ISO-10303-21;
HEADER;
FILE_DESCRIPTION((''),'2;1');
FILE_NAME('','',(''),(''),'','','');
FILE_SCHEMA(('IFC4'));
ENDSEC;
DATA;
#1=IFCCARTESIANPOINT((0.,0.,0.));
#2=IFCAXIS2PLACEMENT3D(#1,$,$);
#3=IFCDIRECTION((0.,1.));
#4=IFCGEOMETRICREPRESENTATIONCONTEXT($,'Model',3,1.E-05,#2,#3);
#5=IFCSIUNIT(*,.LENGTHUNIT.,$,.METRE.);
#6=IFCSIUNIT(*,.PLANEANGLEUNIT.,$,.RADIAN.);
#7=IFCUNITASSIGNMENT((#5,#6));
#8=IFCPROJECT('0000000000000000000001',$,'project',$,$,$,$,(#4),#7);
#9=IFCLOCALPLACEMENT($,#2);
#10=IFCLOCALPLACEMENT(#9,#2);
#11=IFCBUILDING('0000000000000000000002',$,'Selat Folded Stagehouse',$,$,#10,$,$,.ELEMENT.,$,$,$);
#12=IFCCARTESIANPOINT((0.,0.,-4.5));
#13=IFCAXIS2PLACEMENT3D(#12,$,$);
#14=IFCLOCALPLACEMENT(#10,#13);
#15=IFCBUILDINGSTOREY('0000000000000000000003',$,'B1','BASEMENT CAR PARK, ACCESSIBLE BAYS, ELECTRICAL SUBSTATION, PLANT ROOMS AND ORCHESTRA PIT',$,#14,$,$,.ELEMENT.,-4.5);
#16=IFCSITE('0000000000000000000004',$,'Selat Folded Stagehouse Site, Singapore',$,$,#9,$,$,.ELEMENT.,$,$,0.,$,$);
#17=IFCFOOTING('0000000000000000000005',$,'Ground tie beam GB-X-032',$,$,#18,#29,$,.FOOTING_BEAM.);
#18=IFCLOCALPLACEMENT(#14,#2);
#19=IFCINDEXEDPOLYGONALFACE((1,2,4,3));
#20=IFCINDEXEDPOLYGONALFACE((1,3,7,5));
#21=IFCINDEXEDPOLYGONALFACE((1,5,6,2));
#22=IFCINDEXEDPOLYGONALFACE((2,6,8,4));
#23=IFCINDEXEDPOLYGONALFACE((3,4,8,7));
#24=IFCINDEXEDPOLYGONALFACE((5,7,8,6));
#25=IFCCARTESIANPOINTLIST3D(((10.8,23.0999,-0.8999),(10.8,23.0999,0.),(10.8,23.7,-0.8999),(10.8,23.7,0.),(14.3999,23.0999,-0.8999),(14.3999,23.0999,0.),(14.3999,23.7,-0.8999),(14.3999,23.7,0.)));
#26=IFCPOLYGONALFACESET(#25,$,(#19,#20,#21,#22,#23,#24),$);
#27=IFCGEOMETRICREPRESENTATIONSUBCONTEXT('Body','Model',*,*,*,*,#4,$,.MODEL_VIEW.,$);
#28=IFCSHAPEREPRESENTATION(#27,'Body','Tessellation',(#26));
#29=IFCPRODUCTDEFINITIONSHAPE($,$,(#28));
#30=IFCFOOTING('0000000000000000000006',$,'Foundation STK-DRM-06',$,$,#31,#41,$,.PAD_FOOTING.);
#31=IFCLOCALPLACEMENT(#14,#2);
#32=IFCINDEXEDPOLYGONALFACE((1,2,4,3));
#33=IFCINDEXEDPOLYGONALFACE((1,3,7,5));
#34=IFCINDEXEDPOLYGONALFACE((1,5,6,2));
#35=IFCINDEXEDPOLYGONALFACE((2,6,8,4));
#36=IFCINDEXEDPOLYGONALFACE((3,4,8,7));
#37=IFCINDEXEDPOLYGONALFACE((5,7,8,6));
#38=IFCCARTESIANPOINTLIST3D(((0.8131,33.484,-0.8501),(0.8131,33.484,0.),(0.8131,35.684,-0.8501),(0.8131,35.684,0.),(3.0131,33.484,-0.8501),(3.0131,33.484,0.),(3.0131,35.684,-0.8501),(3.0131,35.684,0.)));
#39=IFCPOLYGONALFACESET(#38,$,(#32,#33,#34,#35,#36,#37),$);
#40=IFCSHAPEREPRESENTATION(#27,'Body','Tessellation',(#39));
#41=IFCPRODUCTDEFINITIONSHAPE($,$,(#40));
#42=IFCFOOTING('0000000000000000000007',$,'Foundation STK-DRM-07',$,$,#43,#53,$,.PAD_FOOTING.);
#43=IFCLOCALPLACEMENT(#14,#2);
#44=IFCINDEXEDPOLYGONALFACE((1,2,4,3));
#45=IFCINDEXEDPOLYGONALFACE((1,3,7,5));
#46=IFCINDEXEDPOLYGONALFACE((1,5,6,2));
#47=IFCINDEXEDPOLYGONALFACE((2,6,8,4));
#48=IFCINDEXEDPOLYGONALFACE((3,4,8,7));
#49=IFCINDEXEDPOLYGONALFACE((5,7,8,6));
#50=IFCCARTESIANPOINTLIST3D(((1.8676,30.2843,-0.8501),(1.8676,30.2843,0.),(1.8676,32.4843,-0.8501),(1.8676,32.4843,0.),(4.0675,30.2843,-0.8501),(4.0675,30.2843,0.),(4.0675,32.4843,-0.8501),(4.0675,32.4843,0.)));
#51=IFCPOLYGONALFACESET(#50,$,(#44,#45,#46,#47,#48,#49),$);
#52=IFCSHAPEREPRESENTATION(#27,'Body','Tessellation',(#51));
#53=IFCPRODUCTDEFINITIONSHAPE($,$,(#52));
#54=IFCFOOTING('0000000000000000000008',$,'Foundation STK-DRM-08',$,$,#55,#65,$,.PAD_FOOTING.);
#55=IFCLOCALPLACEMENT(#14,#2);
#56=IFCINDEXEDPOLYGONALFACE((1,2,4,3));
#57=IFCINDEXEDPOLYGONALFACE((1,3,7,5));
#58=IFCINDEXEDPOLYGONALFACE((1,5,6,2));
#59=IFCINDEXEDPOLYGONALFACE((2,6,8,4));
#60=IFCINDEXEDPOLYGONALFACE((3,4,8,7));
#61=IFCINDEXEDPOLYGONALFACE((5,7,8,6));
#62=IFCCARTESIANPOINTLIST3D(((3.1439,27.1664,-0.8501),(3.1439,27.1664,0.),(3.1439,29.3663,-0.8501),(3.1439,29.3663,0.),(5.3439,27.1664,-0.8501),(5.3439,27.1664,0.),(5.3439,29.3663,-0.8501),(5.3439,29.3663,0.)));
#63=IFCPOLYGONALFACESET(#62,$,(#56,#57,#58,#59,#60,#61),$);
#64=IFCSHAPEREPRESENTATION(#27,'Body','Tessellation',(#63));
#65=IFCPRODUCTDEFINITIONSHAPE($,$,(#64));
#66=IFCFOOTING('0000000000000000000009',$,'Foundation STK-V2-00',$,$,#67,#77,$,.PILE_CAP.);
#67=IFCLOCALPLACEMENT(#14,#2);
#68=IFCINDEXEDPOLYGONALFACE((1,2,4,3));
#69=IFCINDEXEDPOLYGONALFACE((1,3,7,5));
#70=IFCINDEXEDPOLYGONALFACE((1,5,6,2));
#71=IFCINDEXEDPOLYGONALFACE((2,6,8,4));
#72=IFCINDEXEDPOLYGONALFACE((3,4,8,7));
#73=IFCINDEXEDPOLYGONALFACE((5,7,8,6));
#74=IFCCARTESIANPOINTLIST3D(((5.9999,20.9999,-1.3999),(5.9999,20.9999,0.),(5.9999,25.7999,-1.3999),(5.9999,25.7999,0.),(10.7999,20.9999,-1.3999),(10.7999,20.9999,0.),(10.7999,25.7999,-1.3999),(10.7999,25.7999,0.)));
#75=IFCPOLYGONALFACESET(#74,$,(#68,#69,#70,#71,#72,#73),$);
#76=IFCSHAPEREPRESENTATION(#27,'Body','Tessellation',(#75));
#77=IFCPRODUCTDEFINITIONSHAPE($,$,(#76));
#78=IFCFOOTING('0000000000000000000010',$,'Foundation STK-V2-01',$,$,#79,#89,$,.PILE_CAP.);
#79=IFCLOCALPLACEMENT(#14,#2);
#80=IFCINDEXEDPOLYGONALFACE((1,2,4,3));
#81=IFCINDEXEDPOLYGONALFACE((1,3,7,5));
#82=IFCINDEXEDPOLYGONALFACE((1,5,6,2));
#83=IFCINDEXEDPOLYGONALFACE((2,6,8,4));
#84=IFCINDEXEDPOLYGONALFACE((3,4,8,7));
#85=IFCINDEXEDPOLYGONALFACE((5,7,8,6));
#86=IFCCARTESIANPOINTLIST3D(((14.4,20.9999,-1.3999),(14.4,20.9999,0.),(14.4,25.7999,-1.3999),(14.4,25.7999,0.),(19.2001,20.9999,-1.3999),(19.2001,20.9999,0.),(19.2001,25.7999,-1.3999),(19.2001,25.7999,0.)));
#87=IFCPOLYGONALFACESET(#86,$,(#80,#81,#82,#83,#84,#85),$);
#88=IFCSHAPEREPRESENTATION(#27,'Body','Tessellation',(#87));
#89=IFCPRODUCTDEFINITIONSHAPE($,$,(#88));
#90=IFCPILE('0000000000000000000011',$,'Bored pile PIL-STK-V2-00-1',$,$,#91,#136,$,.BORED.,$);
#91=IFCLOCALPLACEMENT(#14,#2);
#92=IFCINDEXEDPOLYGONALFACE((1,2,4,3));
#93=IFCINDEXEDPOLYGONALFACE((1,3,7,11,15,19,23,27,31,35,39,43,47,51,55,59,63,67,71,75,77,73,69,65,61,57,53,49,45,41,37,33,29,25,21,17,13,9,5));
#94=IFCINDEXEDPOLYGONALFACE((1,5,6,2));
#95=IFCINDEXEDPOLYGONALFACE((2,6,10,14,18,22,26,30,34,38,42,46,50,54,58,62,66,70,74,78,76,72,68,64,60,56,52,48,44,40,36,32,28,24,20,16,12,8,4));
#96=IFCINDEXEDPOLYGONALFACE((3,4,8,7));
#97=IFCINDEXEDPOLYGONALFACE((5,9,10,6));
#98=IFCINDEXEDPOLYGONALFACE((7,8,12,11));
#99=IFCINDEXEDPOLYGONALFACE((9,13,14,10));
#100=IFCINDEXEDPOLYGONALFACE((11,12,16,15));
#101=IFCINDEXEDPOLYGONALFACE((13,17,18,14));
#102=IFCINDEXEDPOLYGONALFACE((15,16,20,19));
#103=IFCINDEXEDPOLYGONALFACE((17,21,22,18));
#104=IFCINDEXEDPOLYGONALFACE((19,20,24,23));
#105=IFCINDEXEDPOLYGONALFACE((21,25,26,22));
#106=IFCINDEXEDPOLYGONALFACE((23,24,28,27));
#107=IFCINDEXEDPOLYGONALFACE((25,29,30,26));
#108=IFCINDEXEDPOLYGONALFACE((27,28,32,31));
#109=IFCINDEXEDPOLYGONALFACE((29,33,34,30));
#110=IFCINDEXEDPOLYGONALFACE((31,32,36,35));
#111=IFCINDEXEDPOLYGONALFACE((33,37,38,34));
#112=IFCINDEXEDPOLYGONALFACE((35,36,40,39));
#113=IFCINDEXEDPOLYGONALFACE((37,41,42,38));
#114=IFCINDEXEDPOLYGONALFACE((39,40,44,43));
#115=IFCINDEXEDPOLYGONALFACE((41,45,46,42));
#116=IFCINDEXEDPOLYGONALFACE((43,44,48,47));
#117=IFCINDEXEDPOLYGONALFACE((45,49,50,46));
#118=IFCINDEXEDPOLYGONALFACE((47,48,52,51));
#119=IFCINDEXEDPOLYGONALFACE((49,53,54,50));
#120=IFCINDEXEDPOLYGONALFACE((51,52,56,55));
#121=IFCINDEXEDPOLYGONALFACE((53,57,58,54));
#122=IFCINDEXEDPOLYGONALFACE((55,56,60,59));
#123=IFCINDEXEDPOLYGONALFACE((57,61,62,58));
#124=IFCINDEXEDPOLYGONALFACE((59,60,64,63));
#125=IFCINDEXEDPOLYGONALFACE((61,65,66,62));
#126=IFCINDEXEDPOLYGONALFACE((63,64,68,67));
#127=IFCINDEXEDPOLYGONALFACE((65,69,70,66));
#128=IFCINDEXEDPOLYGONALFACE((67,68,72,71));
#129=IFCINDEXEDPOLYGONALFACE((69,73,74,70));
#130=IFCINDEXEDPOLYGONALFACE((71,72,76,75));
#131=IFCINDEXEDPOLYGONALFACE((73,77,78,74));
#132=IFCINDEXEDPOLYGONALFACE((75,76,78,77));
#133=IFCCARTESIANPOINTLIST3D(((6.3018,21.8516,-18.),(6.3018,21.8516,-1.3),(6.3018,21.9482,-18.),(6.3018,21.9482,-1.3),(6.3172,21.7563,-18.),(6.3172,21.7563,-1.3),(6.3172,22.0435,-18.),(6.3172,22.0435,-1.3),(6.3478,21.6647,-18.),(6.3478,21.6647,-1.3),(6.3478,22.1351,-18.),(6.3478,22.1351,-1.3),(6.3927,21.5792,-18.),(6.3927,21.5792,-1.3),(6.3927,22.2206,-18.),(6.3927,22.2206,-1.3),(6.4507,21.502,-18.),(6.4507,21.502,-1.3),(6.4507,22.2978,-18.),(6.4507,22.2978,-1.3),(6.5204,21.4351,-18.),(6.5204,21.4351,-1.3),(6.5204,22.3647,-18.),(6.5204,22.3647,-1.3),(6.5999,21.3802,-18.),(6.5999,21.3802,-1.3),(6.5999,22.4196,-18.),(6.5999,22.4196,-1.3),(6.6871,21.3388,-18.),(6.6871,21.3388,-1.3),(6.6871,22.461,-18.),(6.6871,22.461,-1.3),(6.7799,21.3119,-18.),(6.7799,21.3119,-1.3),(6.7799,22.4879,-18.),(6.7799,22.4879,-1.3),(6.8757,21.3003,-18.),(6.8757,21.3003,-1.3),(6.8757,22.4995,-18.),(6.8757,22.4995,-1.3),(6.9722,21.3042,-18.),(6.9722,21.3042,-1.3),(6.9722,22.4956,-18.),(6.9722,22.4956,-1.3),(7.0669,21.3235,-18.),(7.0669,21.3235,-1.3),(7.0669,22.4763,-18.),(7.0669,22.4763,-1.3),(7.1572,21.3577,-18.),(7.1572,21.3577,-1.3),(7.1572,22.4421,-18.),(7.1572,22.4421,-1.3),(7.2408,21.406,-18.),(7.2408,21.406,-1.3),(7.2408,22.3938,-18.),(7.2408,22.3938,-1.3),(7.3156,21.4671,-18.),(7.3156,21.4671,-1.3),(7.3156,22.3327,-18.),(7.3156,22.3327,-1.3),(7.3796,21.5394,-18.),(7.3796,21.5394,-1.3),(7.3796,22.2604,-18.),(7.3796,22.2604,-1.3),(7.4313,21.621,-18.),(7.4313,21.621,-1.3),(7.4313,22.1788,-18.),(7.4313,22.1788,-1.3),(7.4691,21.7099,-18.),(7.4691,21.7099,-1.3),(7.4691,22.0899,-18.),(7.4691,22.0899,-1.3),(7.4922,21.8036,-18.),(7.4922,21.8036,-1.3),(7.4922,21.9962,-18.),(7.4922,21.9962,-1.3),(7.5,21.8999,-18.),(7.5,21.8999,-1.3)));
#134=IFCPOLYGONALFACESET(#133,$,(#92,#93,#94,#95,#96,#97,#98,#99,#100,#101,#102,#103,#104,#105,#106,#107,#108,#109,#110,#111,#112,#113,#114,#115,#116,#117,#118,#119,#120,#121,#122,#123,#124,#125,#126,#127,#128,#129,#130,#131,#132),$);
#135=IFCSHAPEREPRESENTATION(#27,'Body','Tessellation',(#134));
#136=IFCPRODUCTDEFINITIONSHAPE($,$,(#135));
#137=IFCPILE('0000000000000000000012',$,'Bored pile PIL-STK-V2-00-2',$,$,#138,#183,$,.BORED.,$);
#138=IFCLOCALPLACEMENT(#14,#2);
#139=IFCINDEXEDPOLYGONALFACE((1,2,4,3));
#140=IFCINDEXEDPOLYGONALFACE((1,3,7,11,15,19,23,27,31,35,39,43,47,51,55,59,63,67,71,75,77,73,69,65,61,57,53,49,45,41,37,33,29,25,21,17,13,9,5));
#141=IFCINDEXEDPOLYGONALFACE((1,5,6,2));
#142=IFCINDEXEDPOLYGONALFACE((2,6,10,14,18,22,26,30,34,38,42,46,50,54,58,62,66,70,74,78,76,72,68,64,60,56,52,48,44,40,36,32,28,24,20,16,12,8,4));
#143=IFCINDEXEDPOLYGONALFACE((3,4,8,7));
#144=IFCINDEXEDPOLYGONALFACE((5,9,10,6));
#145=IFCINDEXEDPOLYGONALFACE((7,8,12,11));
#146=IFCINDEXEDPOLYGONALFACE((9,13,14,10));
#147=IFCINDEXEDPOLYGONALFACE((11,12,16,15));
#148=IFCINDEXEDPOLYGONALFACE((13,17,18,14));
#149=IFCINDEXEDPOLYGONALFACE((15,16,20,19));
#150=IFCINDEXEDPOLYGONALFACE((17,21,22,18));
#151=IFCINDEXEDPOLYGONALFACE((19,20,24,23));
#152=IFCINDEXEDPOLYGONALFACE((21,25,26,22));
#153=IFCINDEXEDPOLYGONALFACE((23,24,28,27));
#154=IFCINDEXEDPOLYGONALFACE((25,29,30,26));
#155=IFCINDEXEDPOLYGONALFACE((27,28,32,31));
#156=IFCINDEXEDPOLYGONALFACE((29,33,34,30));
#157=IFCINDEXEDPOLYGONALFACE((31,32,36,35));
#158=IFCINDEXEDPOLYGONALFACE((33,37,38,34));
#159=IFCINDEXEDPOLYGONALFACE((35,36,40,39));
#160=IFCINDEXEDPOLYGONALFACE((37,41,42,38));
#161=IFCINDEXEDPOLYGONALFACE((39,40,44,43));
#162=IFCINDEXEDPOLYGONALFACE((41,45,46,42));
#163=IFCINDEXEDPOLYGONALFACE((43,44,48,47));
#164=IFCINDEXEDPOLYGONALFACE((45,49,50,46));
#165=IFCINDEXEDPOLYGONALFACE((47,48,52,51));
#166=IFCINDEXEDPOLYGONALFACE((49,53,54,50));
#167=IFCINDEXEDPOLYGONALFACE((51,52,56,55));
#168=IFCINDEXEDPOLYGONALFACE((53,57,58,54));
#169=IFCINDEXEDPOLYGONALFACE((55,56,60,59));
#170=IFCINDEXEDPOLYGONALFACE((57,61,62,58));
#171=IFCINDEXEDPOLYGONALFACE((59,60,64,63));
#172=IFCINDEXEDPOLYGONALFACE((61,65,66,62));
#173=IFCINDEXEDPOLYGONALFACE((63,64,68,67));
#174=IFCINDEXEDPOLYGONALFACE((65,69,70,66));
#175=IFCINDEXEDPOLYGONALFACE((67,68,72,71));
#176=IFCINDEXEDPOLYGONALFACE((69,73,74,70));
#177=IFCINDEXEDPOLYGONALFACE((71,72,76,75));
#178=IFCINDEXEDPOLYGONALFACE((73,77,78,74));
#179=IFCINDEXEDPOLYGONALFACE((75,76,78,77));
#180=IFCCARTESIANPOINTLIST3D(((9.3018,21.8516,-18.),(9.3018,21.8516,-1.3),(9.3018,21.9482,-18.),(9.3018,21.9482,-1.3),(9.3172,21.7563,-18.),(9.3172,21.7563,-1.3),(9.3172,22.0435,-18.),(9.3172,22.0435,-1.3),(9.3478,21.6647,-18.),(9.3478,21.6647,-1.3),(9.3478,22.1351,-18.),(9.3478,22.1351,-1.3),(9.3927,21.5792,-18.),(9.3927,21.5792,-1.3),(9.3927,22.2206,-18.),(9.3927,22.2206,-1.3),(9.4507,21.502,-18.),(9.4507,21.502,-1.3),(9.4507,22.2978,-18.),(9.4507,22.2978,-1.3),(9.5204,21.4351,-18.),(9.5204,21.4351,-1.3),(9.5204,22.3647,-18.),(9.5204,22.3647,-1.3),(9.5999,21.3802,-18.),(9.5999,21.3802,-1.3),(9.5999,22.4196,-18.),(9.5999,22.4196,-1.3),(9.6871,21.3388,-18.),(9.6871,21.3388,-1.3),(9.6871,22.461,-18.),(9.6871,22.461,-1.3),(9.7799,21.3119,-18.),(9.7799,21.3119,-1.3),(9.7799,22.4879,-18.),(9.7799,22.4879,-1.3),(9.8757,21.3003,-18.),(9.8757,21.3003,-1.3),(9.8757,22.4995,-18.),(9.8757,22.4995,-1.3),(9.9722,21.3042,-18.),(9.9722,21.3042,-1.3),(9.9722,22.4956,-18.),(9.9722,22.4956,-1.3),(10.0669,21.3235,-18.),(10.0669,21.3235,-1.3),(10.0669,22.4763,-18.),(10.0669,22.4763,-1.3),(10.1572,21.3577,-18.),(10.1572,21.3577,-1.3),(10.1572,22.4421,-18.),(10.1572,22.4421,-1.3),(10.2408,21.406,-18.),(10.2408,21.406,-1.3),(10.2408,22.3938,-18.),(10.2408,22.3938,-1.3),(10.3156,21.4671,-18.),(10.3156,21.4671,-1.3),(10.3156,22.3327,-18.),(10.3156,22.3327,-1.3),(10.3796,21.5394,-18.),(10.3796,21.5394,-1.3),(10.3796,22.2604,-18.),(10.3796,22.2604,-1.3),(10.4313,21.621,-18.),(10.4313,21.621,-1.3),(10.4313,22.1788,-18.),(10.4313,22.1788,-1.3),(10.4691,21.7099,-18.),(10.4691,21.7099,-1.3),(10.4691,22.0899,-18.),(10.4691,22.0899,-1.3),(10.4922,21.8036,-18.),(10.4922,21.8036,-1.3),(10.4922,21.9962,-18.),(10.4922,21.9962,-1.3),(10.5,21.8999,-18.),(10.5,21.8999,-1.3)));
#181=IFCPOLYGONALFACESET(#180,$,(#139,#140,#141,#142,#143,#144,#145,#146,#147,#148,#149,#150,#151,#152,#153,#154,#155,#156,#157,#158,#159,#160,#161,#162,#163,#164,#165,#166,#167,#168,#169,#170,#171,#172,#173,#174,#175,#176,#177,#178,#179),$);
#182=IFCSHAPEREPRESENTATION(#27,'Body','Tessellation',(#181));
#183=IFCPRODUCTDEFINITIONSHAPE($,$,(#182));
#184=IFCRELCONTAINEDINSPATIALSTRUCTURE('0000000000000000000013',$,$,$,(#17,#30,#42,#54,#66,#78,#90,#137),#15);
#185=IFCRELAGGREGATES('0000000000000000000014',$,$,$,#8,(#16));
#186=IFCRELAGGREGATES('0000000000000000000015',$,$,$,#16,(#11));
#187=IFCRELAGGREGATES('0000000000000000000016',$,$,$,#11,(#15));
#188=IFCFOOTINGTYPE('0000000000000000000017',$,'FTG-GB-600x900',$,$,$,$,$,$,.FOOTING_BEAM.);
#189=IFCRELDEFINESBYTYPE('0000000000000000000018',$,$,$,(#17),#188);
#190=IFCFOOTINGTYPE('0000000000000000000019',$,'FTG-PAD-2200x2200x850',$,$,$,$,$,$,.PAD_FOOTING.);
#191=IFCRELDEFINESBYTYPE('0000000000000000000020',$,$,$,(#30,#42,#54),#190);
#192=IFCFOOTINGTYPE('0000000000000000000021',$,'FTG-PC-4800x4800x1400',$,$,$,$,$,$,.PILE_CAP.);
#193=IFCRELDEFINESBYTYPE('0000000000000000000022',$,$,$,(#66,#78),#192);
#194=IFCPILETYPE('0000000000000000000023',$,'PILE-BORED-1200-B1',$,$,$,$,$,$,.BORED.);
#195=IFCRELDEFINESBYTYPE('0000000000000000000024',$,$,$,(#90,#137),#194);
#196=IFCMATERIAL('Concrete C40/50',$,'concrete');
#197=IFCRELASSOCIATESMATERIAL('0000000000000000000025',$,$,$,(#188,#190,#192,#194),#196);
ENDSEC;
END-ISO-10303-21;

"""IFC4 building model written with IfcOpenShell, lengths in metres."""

from ifc_helpers import new_model, si_unit, direction, frame, origin, origin_2d, place, context, subcontext, project, spatial, rectangle, circle, extrude, material, material_profile, profile_set, type_object, element, save


model = new_model("IFC4")

# Units and contexts
model_context = context("Model", 3, precision=1e-05, world=origin(), true_north=direction((0.0, 1.0)))
body_context = subcontext(model_context, "Body", "Model", "MODEL_VIEW")
ifc_project = project(units=[si_unit("LENGTHUNIT", "METRE"), si_unit("PLANEANGLEUNIT", "RADIAN")], contexts=[model_context])

# Site, building, storey
site_placement = place(None, origin())
site = spatial("IfcSite", under=ifc_project, at=site_placement, Name="Selat Folded Stagehouse Site, Singapore", CompositionType="ELEMENT", RefElevation=0.0)
building_placement = place(site_placement, origin())
building = spatial("IfcBuilding", under=site, at=building_placement, Name="Selat Folded Stagehouse", CompositionType="ELEMENT")
storey_placement = place(building_placement, frame((0.0, 0.0, -4.5)))
storey = spatial("IfcBuildingStorey", under=building, at=storey_placement, Name="B1", Description="BASEMENT CAR PARK, ACCESSIBLE BAYS, ELECTRICAL SUBSTATION, PLANT ROOMS AND ORCHESTRA PIT", CompositionType="ELEMENT", Elevation=-4.5)

# Footings
ifc_material_1 = material(Name="Concrete C40/50", Category="concrete")
ifc_material_profile_1 = material_profile(ifc_material_1, rectangle(XDim=0.6001, YDim=0.8999, at=origin_2d()), Name="RC 900x600")
ifc_profile_set_1 = profile_set([ifc_material_profile_1], Name="Concrete C40/50")
footing_type_1 = type_object("IfcFootingType", Name="FTG-GB-600x900", PredefinedType="FOOTING_BEAM", material=ifc_profile_set_1)
footing_placement = place(storey_placement, frame((10.8, 23.3999, -0.45), z_axis=(1.0, 0.0, 0.0), x_axis=(0.0, 1.0, 0.0)))
element("IfcFooting", 1, at=footing_placement, inside=storey, type_object=footing_type_1, Name="Ground tie beam GB-X-032", PredefinedType="FOOTING_BEAM", context=body_context, shape_type="SweptSolid", body=[
    extrude(rectangle(XDim=0.6001, YDim=0.8999, at=origin_2d()), origin(), (0.0, 0.0, 1.0), 3.5999),
])
footing_type_2 = type_object("IfcFootingType", Name="FTG-PAD-2200x2200x850", PredefinedType="PAD_FOOTING", material=ifc_material_1)
for number, where, z_axis, x_axis, name in (
    (2, (1.9131, 34.584, -0.8501), (0.0, 0.0, 1.0), (1.0, 0.0, 0.0), "Foundation STK-DRM-06"),
    (3, (2.9675, 31.3843, -0.8501), (0.0, 0.0, 1.0), (1.0, 0.0, 0.0), "Foundation STK-DRM-07"),
    (4, (4.2439, 28.2664, -0.8501), (0.0, 0.0, 1.0), (1.0, 0.0, 0.0), "Foundation STK-DRM-08"),
):
    element("IfcFooting", number, at=place(storey_placement, frame(where, z_axis=z_axis, x_axis=x_axis)), inside=storey, type_object=footing_type_2, Name=name, PredefinedType="PAD_FOOTING", context=body_context, shape_type="SweptSolid", body=[
        extrude(rectangle(XDim=2.2, YDim=2.2, at=origin_2d()), origin(), (0.0, 0.0, 1.0), 0.8501),
    ])
footing_type_3 = type_object("IfcFootingType", Name="FTG-PC-4800x4800x1400", PredefinedType="PILE_CAP", material=ifc_material_1)
for number, where, z_axis, x_axis, name in (
    (5, (8.3999, 23.3999, -1.3999), (0.0, 0.0, 1.0), (1.0, 0.0, 0.0), "Foundation STK-V2-00"),
    (6, (16.8, 23.3999, -1.3999), (0.0, 0.0, 1.0), (1.0, 0.0, 0.0), "Foundation STK-V2-01"),
):
    element("IfcFooting", number, at=place(storey_placement, frame(where, z_axis=z_axis, x_axis=x_axis)), inside=storey, type_object=footing_type_3, Name=name, PredefinedType="PILE_CAP", context=body_context, shape_type="SweptSolid", body=[
        extrude(rectangle(XDim=4.8, YDim=4.8, at=origin_2d()), origin(), (0.0, 0.0, 1.0), 1.3999),
    ])

# Piles
ifc_material_profile_2 = material_profile(ifc_material_1, circle(Radius=0.6001, at=origin_2d()), Name="PILE D1200")
ifc_profile_set_2 = profile_set([ifc_material_profile_2], Name="Concrete C40/50")
pile_type = type_object("IfcPileType", Name="PILE-BORED-1200-B1", PredefinedType="BORED", material=ifc_profile_set_2)
for number, where, z_axis, x_axis, name in (
    (7, (6.8999, 21.8999, -1.3), (0.0, 0.0, -1.0), (1.0, 0.0, 0.0), "Bored pile PIL-STK-V2-00-1"),
    (8, (9.8999, 21.8999, -1.3), (0.0, 0.0, -1.0), (1.0, 0.0, 0.0), "Bored pile PIL-STK-V2-00-2"),
):
    element("IfcPile", number, at=place(storey_placement, frame(where, z_axis=z_axis, x_axis=x_axis)), inside=storey, type_object=pile_type, Name=name, PredefinedType="BORED", context=body_context, shape_type="SweptSolid", body=[
        extrude(circle(Radius=0.6001, at=origin_2d()), origin(), (0.0, 0.0, 1.0), 16.7),
    ])

save(model, "model.ifc")
